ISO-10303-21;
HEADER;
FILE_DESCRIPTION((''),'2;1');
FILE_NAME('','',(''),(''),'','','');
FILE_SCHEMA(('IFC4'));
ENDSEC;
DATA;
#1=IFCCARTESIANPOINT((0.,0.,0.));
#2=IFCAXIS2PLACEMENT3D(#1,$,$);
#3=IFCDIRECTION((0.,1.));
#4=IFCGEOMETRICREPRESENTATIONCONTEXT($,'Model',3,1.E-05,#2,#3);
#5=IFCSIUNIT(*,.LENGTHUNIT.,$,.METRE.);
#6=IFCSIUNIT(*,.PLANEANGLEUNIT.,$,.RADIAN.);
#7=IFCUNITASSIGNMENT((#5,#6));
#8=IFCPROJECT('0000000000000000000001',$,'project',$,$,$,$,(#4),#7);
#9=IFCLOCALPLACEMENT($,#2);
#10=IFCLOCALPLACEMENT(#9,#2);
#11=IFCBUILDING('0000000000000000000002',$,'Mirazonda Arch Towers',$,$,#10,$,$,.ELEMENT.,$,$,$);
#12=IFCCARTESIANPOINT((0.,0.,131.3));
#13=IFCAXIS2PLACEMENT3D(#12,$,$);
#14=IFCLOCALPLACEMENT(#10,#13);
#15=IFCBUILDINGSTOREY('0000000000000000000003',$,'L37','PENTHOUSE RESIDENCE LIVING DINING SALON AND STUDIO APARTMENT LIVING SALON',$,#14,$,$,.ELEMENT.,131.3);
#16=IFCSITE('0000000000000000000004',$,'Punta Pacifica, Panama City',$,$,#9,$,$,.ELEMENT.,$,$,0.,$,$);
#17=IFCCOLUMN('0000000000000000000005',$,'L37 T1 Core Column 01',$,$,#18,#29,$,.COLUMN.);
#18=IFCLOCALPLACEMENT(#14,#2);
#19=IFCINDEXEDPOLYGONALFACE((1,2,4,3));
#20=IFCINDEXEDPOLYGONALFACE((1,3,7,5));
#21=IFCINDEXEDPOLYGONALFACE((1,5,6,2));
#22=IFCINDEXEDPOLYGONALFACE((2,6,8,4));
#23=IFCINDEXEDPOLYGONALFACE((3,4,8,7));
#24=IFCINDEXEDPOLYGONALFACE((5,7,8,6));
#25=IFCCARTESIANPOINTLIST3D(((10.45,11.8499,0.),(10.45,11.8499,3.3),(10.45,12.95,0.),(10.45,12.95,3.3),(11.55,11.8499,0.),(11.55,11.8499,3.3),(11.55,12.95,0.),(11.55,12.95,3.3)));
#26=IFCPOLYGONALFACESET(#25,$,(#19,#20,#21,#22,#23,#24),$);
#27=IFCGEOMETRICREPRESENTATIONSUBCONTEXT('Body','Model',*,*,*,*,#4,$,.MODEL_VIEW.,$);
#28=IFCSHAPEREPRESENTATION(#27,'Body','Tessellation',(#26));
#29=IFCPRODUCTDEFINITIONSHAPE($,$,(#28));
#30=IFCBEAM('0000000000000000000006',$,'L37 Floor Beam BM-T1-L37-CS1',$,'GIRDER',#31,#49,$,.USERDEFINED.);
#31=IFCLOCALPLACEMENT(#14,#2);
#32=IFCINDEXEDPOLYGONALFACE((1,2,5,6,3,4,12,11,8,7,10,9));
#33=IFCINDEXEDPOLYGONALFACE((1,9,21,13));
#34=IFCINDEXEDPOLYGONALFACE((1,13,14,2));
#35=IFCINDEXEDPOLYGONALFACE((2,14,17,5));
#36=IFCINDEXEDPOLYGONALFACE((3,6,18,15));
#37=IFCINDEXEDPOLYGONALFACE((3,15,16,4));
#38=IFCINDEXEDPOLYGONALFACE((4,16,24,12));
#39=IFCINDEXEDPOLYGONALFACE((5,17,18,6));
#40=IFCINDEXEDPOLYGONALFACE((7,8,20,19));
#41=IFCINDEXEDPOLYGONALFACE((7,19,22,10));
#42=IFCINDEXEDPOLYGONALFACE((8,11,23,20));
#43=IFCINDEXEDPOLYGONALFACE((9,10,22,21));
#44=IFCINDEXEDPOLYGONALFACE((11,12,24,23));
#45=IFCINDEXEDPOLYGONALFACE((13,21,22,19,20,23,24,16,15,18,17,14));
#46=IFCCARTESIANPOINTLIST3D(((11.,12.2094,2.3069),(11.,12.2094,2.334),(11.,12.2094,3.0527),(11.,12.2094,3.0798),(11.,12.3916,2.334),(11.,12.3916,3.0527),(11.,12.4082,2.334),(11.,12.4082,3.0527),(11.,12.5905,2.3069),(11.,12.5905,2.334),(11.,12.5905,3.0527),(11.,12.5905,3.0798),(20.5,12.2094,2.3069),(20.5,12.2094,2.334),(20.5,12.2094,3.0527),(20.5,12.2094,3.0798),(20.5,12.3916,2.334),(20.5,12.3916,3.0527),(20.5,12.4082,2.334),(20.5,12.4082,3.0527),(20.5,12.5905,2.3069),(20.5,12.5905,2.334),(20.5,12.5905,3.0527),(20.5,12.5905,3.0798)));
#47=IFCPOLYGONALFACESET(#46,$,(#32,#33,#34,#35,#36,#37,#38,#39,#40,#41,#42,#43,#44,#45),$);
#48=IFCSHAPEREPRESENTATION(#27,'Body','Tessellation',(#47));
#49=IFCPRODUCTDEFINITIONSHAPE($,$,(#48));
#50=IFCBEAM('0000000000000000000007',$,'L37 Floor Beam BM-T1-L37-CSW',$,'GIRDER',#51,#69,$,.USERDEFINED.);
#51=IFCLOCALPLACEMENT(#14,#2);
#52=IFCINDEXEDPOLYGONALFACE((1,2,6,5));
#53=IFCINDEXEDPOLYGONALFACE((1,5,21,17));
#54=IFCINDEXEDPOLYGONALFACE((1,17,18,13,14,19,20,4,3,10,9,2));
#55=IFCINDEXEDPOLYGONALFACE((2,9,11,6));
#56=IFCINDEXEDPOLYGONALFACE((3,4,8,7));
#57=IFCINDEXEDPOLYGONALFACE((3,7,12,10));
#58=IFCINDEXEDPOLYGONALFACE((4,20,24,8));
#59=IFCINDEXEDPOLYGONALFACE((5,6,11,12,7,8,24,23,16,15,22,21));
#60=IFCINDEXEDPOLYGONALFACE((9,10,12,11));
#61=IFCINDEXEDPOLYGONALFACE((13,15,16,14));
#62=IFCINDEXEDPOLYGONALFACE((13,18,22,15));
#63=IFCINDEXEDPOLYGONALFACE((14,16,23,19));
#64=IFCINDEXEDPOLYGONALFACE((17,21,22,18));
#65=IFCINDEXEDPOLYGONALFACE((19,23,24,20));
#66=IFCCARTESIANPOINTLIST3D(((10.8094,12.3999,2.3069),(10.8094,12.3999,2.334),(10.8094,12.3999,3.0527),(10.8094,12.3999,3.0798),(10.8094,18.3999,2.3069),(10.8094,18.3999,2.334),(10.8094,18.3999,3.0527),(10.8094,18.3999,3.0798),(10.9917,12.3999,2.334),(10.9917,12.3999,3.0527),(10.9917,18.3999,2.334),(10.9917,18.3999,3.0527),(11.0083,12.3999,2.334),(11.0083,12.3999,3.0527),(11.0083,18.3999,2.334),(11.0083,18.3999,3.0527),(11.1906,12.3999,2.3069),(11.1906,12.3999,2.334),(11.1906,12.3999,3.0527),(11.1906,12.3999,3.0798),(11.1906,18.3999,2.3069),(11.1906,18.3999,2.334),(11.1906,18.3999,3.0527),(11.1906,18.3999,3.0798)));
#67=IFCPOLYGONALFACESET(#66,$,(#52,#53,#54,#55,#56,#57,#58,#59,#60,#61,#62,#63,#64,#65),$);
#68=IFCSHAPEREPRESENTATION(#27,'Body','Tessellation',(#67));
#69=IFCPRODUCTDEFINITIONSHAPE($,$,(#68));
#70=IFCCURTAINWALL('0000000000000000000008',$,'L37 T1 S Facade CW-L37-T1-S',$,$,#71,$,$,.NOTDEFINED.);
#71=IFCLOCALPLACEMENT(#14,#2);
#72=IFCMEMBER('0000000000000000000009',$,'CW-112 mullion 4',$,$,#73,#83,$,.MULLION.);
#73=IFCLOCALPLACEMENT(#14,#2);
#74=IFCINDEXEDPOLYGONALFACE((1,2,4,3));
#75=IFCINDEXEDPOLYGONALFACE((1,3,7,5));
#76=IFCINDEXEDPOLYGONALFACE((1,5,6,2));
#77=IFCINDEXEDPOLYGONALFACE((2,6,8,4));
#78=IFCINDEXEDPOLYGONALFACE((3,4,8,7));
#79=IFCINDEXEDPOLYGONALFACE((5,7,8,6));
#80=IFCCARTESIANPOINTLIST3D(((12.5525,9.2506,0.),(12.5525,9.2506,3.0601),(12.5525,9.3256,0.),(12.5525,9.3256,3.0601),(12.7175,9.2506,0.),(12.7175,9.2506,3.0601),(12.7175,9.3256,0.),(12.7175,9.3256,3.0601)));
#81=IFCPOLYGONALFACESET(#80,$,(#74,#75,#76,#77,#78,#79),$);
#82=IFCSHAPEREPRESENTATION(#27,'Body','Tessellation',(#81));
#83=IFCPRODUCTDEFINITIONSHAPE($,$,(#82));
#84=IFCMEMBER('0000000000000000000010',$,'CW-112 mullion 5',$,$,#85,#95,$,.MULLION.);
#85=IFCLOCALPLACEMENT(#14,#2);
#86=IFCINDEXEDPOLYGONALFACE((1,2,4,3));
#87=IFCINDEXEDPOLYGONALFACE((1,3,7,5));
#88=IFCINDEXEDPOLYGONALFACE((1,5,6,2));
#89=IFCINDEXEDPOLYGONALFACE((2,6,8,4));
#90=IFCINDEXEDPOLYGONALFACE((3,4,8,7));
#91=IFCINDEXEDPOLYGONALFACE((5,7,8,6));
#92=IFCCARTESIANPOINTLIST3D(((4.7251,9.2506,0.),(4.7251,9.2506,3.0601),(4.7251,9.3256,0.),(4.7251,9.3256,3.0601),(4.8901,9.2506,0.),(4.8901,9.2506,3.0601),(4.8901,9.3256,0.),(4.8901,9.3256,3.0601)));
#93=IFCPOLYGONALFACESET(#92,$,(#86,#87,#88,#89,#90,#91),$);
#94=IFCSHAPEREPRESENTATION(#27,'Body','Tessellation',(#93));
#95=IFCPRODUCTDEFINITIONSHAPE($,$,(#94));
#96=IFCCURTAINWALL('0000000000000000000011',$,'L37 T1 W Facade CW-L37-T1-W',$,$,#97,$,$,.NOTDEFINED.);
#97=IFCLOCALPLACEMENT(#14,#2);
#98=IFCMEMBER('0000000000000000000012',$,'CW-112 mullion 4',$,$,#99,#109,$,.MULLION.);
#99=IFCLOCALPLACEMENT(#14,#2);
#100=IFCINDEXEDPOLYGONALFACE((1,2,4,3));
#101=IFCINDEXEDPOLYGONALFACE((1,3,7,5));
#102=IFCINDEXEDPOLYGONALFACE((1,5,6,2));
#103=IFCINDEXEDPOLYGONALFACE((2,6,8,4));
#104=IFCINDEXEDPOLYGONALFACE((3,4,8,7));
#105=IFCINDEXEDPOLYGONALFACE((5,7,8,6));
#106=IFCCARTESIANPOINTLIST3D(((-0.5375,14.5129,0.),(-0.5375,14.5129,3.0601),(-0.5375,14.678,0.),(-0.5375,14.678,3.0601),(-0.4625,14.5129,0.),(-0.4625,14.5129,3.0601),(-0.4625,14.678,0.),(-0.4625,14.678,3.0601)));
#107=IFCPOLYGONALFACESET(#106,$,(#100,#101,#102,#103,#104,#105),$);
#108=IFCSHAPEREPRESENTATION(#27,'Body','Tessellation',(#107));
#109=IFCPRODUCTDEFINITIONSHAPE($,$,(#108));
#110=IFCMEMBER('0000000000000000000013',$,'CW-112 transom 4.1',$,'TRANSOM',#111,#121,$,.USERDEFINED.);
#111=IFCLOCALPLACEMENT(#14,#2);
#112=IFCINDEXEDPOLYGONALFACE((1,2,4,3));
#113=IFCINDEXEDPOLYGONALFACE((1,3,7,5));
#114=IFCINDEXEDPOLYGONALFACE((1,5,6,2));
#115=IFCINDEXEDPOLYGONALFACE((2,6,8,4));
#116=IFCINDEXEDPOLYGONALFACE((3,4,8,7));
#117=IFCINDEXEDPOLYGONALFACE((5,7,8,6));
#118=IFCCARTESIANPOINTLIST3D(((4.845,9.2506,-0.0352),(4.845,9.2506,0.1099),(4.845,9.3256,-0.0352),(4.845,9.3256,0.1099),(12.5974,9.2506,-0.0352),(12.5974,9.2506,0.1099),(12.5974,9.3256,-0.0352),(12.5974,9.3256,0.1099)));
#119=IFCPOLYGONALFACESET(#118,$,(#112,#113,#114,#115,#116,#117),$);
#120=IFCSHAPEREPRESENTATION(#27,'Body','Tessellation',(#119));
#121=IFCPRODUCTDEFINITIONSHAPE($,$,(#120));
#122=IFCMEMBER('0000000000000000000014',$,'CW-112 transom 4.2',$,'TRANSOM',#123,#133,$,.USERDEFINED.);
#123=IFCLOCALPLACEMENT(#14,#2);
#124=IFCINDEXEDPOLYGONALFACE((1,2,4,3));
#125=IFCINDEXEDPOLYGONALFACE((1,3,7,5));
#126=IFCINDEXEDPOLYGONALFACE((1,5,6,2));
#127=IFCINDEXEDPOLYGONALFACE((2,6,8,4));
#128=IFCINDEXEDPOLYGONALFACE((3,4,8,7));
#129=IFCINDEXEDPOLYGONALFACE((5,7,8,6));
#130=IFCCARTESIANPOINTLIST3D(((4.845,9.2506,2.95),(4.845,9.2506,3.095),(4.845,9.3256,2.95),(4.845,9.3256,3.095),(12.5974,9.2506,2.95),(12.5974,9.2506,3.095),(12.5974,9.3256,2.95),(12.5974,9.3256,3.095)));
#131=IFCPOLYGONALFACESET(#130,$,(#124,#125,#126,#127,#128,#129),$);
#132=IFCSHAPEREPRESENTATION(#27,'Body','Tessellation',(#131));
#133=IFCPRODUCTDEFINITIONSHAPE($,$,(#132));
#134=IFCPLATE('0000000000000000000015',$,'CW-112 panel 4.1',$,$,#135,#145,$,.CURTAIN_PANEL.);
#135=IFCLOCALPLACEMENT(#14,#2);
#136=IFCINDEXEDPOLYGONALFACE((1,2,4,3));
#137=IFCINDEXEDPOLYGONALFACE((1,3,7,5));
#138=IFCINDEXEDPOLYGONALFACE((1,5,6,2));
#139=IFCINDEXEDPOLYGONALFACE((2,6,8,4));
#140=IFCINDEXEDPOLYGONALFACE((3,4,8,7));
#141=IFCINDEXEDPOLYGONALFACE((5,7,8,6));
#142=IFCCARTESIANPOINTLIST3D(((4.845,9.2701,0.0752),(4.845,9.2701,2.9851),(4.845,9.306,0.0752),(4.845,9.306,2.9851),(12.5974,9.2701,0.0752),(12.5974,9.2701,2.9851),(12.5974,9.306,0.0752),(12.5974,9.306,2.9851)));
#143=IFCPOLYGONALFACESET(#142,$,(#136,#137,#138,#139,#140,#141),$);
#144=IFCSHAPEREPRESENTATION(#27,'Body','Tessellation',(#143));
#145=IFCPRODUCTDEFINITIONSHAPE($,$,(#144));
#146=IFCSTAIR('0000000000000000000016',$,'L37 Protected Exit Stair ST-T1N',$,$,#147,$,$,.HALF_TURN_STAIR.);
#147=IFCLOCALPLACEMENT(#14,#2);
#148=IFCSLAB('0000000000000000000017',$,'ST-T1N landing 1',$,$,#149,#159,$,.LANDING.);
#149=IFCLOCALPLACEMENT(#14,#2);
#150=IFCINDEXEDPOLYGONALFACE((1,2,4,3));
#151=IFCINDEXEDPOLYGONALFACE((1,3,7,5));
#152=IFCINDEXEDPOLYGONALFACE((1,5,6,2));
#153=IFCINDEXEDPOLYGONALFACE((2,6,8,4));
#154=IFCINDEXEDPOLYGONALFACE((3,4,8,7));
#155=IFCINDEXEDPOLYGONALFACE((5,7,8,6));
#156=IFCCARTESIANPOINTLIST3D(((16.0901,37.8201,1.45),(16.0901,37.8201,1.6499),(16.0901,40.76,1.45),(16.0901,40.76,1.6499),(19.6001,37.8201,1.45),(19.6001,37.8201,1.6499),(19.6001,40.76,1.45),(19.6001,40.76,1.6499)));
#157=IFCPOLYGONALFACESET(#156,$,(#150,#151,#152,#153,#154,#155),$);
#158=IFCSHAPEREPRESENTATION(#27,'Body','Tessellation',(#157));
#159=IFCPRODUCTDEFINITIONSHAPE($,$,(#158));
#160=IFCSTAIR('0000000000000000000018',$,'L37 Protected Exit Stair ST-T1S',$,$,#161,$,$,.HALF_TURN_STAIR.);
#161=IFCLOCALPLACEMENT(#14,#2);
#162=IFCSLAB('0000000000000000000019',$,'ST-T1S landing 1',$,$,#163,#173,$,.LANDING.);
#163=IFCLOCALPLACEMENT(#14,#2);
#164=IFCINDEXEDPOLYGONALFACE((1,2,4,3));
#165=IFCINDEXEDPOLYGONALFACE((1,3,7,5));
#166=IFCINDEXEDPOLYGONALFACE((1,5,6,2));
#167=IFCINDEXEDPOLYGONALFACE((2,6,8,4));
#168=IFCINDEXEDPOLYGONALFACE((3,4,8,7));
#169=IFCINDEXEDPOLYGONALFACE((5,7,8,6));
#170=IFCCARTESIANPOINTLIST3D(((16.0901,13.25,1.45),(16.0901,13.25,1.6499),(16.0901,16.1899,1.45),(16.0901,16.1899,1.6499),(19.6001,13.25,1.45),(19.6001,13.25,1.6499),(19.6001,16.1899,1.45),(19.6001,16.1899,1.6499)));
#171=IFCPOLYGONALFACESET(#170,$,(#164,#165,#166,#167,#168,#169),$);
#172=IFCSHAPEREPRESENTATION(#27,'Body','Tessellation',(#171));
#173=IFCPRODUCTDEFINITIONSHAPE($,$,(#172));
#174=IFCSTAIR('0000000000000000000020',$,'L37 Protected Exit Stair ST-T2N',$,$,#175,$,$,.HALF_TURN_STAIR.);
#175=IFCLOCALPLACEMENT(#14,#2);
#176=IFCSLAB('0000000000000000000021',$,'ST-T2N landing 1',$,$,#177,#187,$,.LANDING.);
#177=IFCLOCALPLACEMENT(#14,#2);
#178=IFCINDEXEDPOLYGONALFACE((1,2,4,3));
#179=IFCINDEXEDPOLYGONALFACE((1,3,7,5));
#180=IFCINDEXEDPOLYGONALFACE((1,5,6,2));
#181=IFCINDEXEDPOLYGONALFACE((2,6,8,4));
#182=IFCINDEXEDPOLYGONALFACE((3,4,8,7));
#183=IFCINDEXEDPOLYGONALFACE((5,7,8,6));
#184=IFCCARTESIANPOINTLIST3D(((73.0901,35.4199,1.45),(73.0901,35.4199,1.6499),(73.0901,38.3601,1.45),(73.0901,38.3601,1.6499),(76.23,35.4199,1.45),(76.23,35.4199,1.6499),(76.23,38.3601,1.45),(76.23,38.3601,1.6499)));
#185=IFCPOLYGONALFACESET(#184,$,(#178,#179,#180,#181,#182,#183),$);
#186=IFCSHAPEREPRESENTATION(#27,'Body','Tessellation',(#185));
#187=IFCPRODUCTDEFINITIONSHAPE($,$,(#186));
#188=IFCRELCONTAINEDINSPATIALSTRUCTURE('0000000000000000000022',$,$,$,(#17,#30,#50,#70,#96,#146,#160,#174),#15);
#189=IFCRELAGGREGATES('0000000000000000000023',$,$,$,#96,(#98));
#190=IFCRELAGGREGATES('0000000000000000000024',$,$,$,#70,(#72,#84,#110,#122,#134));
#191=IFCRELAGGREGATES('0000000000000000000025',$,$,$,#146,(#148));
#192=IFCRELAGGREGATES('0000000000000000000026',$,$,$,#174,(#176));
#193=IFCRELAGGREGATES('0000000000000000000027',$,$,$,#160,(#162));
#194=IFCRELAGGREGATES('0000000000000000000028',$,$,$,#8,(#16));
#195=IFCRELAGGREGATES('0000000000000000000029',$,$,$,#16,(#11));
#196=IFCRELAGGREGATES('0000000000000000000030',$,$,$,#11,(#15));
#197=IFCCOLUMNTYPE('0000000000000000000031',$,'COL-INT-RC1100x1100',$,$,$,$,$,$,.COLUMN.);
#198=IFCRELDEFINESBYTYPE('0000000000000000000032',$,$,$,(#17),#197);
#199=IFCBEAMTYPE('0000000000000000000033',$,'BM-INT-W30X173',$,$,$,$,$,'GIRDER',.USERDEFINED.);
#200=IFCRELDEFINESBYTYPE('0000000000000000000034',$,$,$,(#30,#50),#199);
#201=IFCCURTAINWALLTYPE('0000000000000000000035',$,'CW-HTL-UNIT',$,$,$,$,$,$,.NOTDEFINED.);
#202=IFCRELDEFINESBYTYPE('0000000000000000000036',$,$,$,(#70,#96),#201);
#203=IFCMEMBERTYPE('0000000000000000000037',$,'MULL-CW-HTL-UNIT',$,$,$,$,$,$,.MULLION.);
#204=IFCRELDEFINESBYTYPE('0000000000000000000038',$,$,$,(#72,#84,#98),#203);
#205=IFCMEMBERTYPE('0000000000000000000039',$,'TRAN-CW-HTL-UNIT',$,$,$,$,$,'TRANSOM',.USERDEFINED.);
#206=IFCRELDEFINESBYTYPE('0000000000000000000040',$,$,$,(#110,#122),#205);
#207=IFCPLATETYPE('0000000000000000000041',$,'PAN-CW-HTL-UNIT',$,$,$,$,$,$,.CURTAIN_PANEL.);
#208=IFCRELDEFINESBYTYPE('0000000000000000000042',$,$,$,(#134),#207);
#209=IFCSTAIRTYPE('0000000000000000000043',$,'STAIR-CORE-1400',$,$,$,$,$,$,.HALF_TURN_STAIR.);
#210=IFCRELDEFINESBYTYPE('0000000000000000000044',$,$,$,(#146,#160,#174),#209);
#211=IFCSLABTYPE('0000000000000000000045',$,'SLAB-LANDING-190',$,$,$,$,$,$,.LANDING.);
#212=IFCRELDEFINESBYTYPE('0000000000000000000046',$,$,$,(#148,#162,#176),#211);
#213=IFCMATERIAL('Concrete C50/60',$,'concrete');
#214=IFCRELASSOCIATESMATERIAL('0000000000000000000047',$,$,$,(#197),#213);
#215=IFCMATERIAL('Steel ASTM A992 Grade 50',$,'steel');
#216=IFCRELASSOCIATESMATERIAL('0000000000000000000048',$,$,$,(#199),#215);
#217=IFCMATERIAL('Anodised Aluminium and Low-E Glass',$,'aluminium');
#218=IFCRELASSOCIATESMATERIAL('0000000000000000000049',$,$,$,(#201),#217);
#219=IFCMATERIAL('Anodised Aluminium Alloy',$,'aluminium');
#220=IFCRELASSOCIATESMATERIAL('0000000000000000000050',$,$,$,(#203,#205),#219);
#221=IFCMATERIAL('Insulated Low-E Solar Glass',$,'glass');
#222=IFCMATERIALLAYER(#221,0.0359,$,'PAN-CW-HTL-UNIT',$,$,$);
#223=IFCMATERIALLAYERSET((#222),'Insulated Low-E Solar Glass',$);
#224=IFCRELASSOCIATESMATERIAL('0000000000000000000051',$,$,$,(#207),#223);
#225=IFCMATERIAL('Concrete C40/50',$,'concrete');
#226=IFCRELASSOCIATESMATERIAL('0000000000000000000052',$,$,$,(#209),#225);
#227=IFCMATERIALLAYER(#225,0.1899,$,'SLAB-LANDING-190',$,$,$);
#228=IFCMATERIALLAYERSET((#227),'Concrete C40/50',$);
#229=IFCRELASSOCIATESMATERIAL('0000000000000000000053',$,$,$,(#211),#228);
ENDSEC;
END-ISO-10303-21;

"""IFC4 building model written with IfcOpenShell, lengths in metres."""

from ifc_helpers import new_model, si_unit, direction, frame, origin, origin_2d, place, context, subcontext, project, spatial, polyline, rectangle, i_section, outline, extrude, material, layer, layer_set, material_profile, profile_set, type_object, element, aggregate, save


model = new_model("IFC4")

# Units and contexts
model_context = context("Model", 3, precision=1e-05, world=origin(), true_north=direction((0.0, 1.0)))
body_context = subcontext(model_context, "Body", "Model", "MODEL_VIEW")
ifc_project = project(units=[si_unit("LENGTHUNIT", "METRE"), si_unit("PLANEANGLEUNIT", "RADIAN")], contexts=[model_context])

# Site, building, storey
site_placement = place(None, origin())
site = spatial("IfcSite", under=ifc_project, at=site_placement, Name="Punta Pacifica, Panama City", CompositionType="ELEMENT", RefElevation=0.0)
building_placement = place(site_placement, origin())
building = spatial("IfcBuilding", under=site, at=building_placement, Name="Mirazonda Arch Towers", CompositionType="ELEMENT")
storey_placement = place(building_placement, frame((0.0, 0.0, 131.3)))
storey = spatial("IfcBuildingStorey", under=building, at=storey_placement, Name="L37", Description="PENTHOUSE RESIDENCE LIVING DINING SALON AND STUDIO APARTMENT LIVING SALON", CompositionType="ELEMENT", Elevation=131.3)

# Column
ifc_material_1 = material(Name="Concrete C50/60", Category="concrete")
ifc_material_profile_1 = material_profile(ifc_material_1, rectangle(XDim=1.1001, YDim=1.1001, at=origin_2d()), Name="RC1100x1100")
ifc_profile_set_1 = profile_set([ifc_material_profile_1], Name="Concrete C50/60")
column_type = type_object("IfcColumnType", Name="COL-INT-RC1100x1100", PredefinedType="COLUMN", material=ifc_profile_set_1)
column_placement = place(storey_placement, frame((11.0, 12.3999, 0.0), z_axis=(0.0, 0.0, 1.0), x_axis=(1.0, 0.0, 0.0)))
element("IfcColumn", 1, at=column_placement, inside=storey, type_object=column_type, Name="L37 T1 Core Column 01", PredefinedType="COLUMN", context=body_context, shape_type="SweptSolid", body=[
    extrude(rectangle(XDim=1.1001, YDim=1.1001, at=origin_2d()), origin(), (0.0, 0.0, 1.0), 3.3),
])

# Beams
ifc_material_2 = material(Name="Steel ASTM A992 Grade 50", Category="steel")
ifc_material_profile_2 = material_profile(ifc_material_2, i_section(OverallWidth=0.3811, OverallDepth=0.7729, WebThickness=0.0166, FlangeThickness=0.0271, at=origin_2d()), Name="W30X173")
ifc_profile_set_2 = profile_set([ifc_material_profile_2], Name="Steel ASTM A992 Grade 50")
beam_type = type_object("IfcBeamType", Name="BM-INT-W30X173", ElementType="GIRDER", PredefinedType="USERDEFINED", material=ifc_profile_set_2)
beam_1_placement = place(storey_placement, frame((11.0, 12.3999, 2.6934), z_axis=(1.0, 0.0, 0.0), x_axis=(0.0, 1.0, 0.0)))
element("IfcBeam", 2, at=beam_1_placement, inside=storey, type_object=beam_type, Name="L37 Floor Beam BM-T1-L37-CS1", ObjectType="GIRDER", PredefinedType="USERDEFINED", context=body_context, shape_type="SweptSolid", body=[
    extrude(i_section(OverallWidth=0.3811, OverallDepth=0.7729, WebThickness=0.0166, FlangeThickness=0.0271, at=origin_2d()), origin(), (0.0, 0.0, 1.0), 9.5),
])
beam_2_placement = place(storey_placement, frame((11.0, 12.3999, 2.6934), z_axis=(0.0, 1.0, 0.0), x_axis=(-1.0, 0.0, 0.0)))
element("IfcBeam", 3, at=beam_2_placement, inside=storey, type_object=beam_type, Name="L37 Floor Beam BM-T1-L37-CSW", ObjectType="GIRDER", PredefinedType="USERDEFINED", context=body_context, shape_type="SweptSolid", body=[
    extrude(i_section(OverallWidth=0.3811, OverallDepth=0.7729, WebThickness=0.0166, FlangeThickness=0.0271, at=origin_2d()), origin(), (0.0, 0.0, 1.0), 6.0),
])

# Curtain wall, members
ifc_material_3 = material(Name="Anodised Aluminium and Low-E Glass", Category="aluminium")
curtain_wall_type = type_object("IfcCurtainWallType", Name="CW-HTL-UNIT", PredefinedType="NOTDEFINED", material=ifc_material_3)
curtain_wall_1_placement = place(storey_placement, origin())
curtain_wall_1 = element("IfcCurtainWall", 4, at=curtain_wall_1_placement, inside=storey, type_object=curtain_wall_type, Name="L37 T1 S Facade CW-L37-T1-S", PredefinedType="NOTDEFINED")
ifc_material_4 = material(Name="Anodised Aluminium Alloy", Category="aluminium")
ifc_material_profile_3 = material_profile(ifc_material_4, rectangle(XDim=0.075, YDim=0.165, at=origin_2d()), Name="ALU-MULL-75x165")
ifc_profile_set_3 = profile_set([ifc_material_profile_3], Name="Anodised Aluminium Alloy")
member_type_1 = type_object("IfcMemberType", Name="MULL-CW-HTL-UNIT", PredefinedType="MULLION", material=ifc_profile_set_3)
member_1_placement = place(storey_placement, frame((12.635, 9.2881, 0.0), z_axis=(0.0, 0.0, 1.0), x_axis=(0.0, -1.0, 0.0)))
member_1 = element("IfcMember", 5, at=member_1_placement, type_object=member_type_1, Name="CW-112 mullion 4", PredefinedType="MULLION", context=body_context, shape_type="SweptSolid", body=[
    extrude(rectangle(XDim=0.075, YDim=0.165, at=origin_2d()), origin(), (0.0, 0.0, 1.0), 3.0601),
])
member_2_placement = place(storey_placement, frame((4.8076, 9.2881, 0.0), z_axis=(0.0, 0.0, 1.0), x_axis=(0.0, -1.0, 0.0)))
member_2 = element("IfcMember", 6, at=member_2_placement, type_object=member_type_1, Name="CW-112 mullion 5", PredefinedType="MULLION", context=body_context, shape_type="SweptSolid", body=[
    extrude(rectangle(XDim=0.075, YDim=0.165, at=origin_2d()), origin(), (0.0, 0.0, 1.0), 3.0601),
])

# Curtain wall, member
curtain_wall_2_placement = place(storey_placement, origin())
curtain_wall_2 = element("IfcCurtainWall", 7, at=curtain_wall_2_placement, inside=storey, type_object=curtain_wall_type, Name="L37 T1 W Facade CW-L37-T1-W", PredefinedType="NOTDEFINED")
member_3_placement = place(storey_placement, frame((-0.5, 14.5955, 0.0), z_axis=(0.0, 0.0, 1.0), x_axis=(1.0, 0.0, 0.0)))
member_3 = element("IfcMember", 8, at=member_3_placement, type_object=member_type_1, Name="CW-112 mullion 4", PredefinedType="MULLION", context=body_context, shape_type="SweptSolid", body=[
    extrude(rectangle(XDim=0.075, YDim=0.165, at=origin_2d()), origin(), (0.0, 0.0, 1.0), 3.0601),
])
aggregate(curtain_wall_2, [member_3])

# Members
ifc_material_profile_4 = material_profile(ifc_material_4, rectangle(XDim=0.075, YDim=0.145, at=origin_2d()), Name="ALU-TRAN-75x145")
ifc_profile_set_4 = profile_set([ifc_material_profile_4], Name="Anodised Aluminium Alloy")
member_type_2 = type_object("IfcMemberType", Name="TRAN-CW-HTL-UNIT", ElementType="TRANSOM", PredefinedType="USERDEFINED", material=ifc_profile_set_4)
member_4_placement = place(storey_placement, frame((12.5974, 9.2881, 0.0374), z_axis=(-1.0, 0.0, 0.0), x_axis=(0.0, -1.0, 0.0)))
member_4 = element("IfcMember", 9, at=member_4_placement, type_object=member_type_2, Name="CW-112 transom 4.1", ObjectType="TRANSOM", PredefinedType="USERDEFINED", context=body_context, shape_type="SweptSolid", body=[
    extrude(rectangle(XDim=0.075, YDim=0.145, at=origin_2d()), origin(), (0.0, 0.0, 1.0), 7.7524),
])
member_5_placement = place(storey_placement, frame((12.5974, 9.2881, 3.0225), z_axis=(-1.0, 0.0, 0.0), x_axis=(0.0, -1.0, 0.0)))
member_5 = element("IfcMember", 10, at=member_5_placement, type_object=member_type_2, Name="CW-112 transom 4.2", ObjectType="TRANSOM", PredefinedType="USERDEFINED", context=body_context, shape_type="SweptSolid", body=[
    extrude(rectangle(XDim=0.075, YDim=0.145, at=origin_2d()), origin(), (0.0, 0.0, 1.0), 7.7524),
])

# Plate
ifc_material_5 = material(Name="Insulated Low-E Solar Glass", Category="glass")
ifc_layer_1 = layer(ifc_material_5, 0.0359, Name="PAN-CW-HTL-UNIT")
ifc_layer_set_1 = layer_set([ifc_layer_1], Name="Insulated Low-E Solar Glass")
plate_type = type_object("IfcPlateType", Name="PAN-CW-HTL-UNIT", PredefinedType="CURTAIN_PANEL", material=ifc_layer_set_1)
plate_placement = place(storey_placement, frame((8.7212, 9.2881, 0.0752), z_axis=(0.0, 0.0, 1.0), x_axis=(-1.0, 0.0, 0.0)))
plate = element("IfcPlate", 11, at=plate_placement, type_object=plate_type, Name="CW-112 panel 4.1", PredefinedType="CURTAIN_PANEL", context=body_context, shape_type="SweptSolid", body=[
    extrude(rectangle(XDim=7.7524, YDim=0.0359, at=origin_2d()), origin(), (0.0, 0.0, 1.0), 2.9099),
])
aggregate(curtain_wall_1, [member_1, member_2, member_4, member_5, plate])

# Stairs, slabs
ifc_material_6 = material(Name="Concrete C40/50", Category="concrete")
stair_type = type_object("IfcStairType", Name="STAIR-CORE-1400", PredefinedType="HALF_TURN_STAIR", material=ifc_material_6)
stair_1_placement = place(storey_placement, origin())
stair_1 = element("IfcStair", 12, at=stair_1_placement, inside=storey, type_object=stair_type, Name="L37 Protected Exit Stair ST-T1N", PredefinedType="HALF_TURN_STAIR")
ifc_layer_2 = layer(ifc_material_6, 0.1899, Name="SLAB-LANDING-190")
ifc_layer_set_2 = layer_set([ifc_layer_2], Name="Concrete C40/50")
slab_type_1 = type_object("IfcSlabType", Name="SLAB-LANDING-190", PredefinedType="LANDING", material=ifc_layer_set_2)
slab_1_placement = place(storey_placement, frame((0.0, 0.0, 1.45)))
slab_1 = element("IfcSlab", 13, at=slab_1_placement, type_object=slab_type_1, Name="ST-T1N landing 1", PredefinedType="LANDING", context=body_context, shape_type="SweptSolid", body=[
    extrude(outline(polyline([(16.0901, 37.8201), (19.6001, 37.8201), (19.6001, 40.76), (16.0901, 40.76), (16.0901, 37.8201)])), origin(), (0.0, 0.0, 1.0), 0.2),
])
aggregate(stair_1, [slab_1])
stair_2_placement = place(storey_placement, origin())
stair_2 = element("IfcStair", 14, at=stair_2_placement, inside=storey, type_object=stair_type, Name="L37 Protected Exit Stair ST-T1S", PredefinedType="HALF_TURN_STAIR")
slab_2_placement = place(storey_placement, frame((0.0, 0.0, 1.45)))
slab_2 = element("IfcSlab", 15, at=slab_2_placement, type_object=slab_type_1, Name="ST-T1S landing 1", PredefinedType="LANDING", context=body_context, shape_type="SweptSolid", body=[
    extrude(outline(polyline([(16.0901, 13.25), (19.6001, 13.25), (19.6001, 16.1899), (16.0901, 16.1899), (16.0901, 13.25)])), origin(), (0.0, 0.0, 1.0), 0.2),
])
stair_3_placement = place(storey_placement, origin())
stair_3 = element("IfcStair", 16, at=stair_3_placement, inside=storey, type_object=stair_type, Name="L37 Protected Exit Stair ST-T2N", PredefinedType="HALF_TURN_STAIR")
slab_3_placement = place(storey_placement, frame((0.0, 0.0, 1.45)))
slab_3 = element("IfcSlab", 17, at=slab_3_placement, type_object=slab_type_1, Name="ST-T2N landing 1", PredefinedType="LANDING", context=body_context, shape_type="SweptSolid", body=[
    extrude(outline(polyline([(73.0901, 35.4199), (76.23, 35.4199), (76.23, 38.3601), (73.0901, 38.3601), (73.0901, 35.4199)])), origin(), (0.0, 0.0, 1.0), 0.2),
])
aggregate(stair_3, [slab_3])

aggregate(stair_2, [slab_2])

save(model, "model.ifc")
